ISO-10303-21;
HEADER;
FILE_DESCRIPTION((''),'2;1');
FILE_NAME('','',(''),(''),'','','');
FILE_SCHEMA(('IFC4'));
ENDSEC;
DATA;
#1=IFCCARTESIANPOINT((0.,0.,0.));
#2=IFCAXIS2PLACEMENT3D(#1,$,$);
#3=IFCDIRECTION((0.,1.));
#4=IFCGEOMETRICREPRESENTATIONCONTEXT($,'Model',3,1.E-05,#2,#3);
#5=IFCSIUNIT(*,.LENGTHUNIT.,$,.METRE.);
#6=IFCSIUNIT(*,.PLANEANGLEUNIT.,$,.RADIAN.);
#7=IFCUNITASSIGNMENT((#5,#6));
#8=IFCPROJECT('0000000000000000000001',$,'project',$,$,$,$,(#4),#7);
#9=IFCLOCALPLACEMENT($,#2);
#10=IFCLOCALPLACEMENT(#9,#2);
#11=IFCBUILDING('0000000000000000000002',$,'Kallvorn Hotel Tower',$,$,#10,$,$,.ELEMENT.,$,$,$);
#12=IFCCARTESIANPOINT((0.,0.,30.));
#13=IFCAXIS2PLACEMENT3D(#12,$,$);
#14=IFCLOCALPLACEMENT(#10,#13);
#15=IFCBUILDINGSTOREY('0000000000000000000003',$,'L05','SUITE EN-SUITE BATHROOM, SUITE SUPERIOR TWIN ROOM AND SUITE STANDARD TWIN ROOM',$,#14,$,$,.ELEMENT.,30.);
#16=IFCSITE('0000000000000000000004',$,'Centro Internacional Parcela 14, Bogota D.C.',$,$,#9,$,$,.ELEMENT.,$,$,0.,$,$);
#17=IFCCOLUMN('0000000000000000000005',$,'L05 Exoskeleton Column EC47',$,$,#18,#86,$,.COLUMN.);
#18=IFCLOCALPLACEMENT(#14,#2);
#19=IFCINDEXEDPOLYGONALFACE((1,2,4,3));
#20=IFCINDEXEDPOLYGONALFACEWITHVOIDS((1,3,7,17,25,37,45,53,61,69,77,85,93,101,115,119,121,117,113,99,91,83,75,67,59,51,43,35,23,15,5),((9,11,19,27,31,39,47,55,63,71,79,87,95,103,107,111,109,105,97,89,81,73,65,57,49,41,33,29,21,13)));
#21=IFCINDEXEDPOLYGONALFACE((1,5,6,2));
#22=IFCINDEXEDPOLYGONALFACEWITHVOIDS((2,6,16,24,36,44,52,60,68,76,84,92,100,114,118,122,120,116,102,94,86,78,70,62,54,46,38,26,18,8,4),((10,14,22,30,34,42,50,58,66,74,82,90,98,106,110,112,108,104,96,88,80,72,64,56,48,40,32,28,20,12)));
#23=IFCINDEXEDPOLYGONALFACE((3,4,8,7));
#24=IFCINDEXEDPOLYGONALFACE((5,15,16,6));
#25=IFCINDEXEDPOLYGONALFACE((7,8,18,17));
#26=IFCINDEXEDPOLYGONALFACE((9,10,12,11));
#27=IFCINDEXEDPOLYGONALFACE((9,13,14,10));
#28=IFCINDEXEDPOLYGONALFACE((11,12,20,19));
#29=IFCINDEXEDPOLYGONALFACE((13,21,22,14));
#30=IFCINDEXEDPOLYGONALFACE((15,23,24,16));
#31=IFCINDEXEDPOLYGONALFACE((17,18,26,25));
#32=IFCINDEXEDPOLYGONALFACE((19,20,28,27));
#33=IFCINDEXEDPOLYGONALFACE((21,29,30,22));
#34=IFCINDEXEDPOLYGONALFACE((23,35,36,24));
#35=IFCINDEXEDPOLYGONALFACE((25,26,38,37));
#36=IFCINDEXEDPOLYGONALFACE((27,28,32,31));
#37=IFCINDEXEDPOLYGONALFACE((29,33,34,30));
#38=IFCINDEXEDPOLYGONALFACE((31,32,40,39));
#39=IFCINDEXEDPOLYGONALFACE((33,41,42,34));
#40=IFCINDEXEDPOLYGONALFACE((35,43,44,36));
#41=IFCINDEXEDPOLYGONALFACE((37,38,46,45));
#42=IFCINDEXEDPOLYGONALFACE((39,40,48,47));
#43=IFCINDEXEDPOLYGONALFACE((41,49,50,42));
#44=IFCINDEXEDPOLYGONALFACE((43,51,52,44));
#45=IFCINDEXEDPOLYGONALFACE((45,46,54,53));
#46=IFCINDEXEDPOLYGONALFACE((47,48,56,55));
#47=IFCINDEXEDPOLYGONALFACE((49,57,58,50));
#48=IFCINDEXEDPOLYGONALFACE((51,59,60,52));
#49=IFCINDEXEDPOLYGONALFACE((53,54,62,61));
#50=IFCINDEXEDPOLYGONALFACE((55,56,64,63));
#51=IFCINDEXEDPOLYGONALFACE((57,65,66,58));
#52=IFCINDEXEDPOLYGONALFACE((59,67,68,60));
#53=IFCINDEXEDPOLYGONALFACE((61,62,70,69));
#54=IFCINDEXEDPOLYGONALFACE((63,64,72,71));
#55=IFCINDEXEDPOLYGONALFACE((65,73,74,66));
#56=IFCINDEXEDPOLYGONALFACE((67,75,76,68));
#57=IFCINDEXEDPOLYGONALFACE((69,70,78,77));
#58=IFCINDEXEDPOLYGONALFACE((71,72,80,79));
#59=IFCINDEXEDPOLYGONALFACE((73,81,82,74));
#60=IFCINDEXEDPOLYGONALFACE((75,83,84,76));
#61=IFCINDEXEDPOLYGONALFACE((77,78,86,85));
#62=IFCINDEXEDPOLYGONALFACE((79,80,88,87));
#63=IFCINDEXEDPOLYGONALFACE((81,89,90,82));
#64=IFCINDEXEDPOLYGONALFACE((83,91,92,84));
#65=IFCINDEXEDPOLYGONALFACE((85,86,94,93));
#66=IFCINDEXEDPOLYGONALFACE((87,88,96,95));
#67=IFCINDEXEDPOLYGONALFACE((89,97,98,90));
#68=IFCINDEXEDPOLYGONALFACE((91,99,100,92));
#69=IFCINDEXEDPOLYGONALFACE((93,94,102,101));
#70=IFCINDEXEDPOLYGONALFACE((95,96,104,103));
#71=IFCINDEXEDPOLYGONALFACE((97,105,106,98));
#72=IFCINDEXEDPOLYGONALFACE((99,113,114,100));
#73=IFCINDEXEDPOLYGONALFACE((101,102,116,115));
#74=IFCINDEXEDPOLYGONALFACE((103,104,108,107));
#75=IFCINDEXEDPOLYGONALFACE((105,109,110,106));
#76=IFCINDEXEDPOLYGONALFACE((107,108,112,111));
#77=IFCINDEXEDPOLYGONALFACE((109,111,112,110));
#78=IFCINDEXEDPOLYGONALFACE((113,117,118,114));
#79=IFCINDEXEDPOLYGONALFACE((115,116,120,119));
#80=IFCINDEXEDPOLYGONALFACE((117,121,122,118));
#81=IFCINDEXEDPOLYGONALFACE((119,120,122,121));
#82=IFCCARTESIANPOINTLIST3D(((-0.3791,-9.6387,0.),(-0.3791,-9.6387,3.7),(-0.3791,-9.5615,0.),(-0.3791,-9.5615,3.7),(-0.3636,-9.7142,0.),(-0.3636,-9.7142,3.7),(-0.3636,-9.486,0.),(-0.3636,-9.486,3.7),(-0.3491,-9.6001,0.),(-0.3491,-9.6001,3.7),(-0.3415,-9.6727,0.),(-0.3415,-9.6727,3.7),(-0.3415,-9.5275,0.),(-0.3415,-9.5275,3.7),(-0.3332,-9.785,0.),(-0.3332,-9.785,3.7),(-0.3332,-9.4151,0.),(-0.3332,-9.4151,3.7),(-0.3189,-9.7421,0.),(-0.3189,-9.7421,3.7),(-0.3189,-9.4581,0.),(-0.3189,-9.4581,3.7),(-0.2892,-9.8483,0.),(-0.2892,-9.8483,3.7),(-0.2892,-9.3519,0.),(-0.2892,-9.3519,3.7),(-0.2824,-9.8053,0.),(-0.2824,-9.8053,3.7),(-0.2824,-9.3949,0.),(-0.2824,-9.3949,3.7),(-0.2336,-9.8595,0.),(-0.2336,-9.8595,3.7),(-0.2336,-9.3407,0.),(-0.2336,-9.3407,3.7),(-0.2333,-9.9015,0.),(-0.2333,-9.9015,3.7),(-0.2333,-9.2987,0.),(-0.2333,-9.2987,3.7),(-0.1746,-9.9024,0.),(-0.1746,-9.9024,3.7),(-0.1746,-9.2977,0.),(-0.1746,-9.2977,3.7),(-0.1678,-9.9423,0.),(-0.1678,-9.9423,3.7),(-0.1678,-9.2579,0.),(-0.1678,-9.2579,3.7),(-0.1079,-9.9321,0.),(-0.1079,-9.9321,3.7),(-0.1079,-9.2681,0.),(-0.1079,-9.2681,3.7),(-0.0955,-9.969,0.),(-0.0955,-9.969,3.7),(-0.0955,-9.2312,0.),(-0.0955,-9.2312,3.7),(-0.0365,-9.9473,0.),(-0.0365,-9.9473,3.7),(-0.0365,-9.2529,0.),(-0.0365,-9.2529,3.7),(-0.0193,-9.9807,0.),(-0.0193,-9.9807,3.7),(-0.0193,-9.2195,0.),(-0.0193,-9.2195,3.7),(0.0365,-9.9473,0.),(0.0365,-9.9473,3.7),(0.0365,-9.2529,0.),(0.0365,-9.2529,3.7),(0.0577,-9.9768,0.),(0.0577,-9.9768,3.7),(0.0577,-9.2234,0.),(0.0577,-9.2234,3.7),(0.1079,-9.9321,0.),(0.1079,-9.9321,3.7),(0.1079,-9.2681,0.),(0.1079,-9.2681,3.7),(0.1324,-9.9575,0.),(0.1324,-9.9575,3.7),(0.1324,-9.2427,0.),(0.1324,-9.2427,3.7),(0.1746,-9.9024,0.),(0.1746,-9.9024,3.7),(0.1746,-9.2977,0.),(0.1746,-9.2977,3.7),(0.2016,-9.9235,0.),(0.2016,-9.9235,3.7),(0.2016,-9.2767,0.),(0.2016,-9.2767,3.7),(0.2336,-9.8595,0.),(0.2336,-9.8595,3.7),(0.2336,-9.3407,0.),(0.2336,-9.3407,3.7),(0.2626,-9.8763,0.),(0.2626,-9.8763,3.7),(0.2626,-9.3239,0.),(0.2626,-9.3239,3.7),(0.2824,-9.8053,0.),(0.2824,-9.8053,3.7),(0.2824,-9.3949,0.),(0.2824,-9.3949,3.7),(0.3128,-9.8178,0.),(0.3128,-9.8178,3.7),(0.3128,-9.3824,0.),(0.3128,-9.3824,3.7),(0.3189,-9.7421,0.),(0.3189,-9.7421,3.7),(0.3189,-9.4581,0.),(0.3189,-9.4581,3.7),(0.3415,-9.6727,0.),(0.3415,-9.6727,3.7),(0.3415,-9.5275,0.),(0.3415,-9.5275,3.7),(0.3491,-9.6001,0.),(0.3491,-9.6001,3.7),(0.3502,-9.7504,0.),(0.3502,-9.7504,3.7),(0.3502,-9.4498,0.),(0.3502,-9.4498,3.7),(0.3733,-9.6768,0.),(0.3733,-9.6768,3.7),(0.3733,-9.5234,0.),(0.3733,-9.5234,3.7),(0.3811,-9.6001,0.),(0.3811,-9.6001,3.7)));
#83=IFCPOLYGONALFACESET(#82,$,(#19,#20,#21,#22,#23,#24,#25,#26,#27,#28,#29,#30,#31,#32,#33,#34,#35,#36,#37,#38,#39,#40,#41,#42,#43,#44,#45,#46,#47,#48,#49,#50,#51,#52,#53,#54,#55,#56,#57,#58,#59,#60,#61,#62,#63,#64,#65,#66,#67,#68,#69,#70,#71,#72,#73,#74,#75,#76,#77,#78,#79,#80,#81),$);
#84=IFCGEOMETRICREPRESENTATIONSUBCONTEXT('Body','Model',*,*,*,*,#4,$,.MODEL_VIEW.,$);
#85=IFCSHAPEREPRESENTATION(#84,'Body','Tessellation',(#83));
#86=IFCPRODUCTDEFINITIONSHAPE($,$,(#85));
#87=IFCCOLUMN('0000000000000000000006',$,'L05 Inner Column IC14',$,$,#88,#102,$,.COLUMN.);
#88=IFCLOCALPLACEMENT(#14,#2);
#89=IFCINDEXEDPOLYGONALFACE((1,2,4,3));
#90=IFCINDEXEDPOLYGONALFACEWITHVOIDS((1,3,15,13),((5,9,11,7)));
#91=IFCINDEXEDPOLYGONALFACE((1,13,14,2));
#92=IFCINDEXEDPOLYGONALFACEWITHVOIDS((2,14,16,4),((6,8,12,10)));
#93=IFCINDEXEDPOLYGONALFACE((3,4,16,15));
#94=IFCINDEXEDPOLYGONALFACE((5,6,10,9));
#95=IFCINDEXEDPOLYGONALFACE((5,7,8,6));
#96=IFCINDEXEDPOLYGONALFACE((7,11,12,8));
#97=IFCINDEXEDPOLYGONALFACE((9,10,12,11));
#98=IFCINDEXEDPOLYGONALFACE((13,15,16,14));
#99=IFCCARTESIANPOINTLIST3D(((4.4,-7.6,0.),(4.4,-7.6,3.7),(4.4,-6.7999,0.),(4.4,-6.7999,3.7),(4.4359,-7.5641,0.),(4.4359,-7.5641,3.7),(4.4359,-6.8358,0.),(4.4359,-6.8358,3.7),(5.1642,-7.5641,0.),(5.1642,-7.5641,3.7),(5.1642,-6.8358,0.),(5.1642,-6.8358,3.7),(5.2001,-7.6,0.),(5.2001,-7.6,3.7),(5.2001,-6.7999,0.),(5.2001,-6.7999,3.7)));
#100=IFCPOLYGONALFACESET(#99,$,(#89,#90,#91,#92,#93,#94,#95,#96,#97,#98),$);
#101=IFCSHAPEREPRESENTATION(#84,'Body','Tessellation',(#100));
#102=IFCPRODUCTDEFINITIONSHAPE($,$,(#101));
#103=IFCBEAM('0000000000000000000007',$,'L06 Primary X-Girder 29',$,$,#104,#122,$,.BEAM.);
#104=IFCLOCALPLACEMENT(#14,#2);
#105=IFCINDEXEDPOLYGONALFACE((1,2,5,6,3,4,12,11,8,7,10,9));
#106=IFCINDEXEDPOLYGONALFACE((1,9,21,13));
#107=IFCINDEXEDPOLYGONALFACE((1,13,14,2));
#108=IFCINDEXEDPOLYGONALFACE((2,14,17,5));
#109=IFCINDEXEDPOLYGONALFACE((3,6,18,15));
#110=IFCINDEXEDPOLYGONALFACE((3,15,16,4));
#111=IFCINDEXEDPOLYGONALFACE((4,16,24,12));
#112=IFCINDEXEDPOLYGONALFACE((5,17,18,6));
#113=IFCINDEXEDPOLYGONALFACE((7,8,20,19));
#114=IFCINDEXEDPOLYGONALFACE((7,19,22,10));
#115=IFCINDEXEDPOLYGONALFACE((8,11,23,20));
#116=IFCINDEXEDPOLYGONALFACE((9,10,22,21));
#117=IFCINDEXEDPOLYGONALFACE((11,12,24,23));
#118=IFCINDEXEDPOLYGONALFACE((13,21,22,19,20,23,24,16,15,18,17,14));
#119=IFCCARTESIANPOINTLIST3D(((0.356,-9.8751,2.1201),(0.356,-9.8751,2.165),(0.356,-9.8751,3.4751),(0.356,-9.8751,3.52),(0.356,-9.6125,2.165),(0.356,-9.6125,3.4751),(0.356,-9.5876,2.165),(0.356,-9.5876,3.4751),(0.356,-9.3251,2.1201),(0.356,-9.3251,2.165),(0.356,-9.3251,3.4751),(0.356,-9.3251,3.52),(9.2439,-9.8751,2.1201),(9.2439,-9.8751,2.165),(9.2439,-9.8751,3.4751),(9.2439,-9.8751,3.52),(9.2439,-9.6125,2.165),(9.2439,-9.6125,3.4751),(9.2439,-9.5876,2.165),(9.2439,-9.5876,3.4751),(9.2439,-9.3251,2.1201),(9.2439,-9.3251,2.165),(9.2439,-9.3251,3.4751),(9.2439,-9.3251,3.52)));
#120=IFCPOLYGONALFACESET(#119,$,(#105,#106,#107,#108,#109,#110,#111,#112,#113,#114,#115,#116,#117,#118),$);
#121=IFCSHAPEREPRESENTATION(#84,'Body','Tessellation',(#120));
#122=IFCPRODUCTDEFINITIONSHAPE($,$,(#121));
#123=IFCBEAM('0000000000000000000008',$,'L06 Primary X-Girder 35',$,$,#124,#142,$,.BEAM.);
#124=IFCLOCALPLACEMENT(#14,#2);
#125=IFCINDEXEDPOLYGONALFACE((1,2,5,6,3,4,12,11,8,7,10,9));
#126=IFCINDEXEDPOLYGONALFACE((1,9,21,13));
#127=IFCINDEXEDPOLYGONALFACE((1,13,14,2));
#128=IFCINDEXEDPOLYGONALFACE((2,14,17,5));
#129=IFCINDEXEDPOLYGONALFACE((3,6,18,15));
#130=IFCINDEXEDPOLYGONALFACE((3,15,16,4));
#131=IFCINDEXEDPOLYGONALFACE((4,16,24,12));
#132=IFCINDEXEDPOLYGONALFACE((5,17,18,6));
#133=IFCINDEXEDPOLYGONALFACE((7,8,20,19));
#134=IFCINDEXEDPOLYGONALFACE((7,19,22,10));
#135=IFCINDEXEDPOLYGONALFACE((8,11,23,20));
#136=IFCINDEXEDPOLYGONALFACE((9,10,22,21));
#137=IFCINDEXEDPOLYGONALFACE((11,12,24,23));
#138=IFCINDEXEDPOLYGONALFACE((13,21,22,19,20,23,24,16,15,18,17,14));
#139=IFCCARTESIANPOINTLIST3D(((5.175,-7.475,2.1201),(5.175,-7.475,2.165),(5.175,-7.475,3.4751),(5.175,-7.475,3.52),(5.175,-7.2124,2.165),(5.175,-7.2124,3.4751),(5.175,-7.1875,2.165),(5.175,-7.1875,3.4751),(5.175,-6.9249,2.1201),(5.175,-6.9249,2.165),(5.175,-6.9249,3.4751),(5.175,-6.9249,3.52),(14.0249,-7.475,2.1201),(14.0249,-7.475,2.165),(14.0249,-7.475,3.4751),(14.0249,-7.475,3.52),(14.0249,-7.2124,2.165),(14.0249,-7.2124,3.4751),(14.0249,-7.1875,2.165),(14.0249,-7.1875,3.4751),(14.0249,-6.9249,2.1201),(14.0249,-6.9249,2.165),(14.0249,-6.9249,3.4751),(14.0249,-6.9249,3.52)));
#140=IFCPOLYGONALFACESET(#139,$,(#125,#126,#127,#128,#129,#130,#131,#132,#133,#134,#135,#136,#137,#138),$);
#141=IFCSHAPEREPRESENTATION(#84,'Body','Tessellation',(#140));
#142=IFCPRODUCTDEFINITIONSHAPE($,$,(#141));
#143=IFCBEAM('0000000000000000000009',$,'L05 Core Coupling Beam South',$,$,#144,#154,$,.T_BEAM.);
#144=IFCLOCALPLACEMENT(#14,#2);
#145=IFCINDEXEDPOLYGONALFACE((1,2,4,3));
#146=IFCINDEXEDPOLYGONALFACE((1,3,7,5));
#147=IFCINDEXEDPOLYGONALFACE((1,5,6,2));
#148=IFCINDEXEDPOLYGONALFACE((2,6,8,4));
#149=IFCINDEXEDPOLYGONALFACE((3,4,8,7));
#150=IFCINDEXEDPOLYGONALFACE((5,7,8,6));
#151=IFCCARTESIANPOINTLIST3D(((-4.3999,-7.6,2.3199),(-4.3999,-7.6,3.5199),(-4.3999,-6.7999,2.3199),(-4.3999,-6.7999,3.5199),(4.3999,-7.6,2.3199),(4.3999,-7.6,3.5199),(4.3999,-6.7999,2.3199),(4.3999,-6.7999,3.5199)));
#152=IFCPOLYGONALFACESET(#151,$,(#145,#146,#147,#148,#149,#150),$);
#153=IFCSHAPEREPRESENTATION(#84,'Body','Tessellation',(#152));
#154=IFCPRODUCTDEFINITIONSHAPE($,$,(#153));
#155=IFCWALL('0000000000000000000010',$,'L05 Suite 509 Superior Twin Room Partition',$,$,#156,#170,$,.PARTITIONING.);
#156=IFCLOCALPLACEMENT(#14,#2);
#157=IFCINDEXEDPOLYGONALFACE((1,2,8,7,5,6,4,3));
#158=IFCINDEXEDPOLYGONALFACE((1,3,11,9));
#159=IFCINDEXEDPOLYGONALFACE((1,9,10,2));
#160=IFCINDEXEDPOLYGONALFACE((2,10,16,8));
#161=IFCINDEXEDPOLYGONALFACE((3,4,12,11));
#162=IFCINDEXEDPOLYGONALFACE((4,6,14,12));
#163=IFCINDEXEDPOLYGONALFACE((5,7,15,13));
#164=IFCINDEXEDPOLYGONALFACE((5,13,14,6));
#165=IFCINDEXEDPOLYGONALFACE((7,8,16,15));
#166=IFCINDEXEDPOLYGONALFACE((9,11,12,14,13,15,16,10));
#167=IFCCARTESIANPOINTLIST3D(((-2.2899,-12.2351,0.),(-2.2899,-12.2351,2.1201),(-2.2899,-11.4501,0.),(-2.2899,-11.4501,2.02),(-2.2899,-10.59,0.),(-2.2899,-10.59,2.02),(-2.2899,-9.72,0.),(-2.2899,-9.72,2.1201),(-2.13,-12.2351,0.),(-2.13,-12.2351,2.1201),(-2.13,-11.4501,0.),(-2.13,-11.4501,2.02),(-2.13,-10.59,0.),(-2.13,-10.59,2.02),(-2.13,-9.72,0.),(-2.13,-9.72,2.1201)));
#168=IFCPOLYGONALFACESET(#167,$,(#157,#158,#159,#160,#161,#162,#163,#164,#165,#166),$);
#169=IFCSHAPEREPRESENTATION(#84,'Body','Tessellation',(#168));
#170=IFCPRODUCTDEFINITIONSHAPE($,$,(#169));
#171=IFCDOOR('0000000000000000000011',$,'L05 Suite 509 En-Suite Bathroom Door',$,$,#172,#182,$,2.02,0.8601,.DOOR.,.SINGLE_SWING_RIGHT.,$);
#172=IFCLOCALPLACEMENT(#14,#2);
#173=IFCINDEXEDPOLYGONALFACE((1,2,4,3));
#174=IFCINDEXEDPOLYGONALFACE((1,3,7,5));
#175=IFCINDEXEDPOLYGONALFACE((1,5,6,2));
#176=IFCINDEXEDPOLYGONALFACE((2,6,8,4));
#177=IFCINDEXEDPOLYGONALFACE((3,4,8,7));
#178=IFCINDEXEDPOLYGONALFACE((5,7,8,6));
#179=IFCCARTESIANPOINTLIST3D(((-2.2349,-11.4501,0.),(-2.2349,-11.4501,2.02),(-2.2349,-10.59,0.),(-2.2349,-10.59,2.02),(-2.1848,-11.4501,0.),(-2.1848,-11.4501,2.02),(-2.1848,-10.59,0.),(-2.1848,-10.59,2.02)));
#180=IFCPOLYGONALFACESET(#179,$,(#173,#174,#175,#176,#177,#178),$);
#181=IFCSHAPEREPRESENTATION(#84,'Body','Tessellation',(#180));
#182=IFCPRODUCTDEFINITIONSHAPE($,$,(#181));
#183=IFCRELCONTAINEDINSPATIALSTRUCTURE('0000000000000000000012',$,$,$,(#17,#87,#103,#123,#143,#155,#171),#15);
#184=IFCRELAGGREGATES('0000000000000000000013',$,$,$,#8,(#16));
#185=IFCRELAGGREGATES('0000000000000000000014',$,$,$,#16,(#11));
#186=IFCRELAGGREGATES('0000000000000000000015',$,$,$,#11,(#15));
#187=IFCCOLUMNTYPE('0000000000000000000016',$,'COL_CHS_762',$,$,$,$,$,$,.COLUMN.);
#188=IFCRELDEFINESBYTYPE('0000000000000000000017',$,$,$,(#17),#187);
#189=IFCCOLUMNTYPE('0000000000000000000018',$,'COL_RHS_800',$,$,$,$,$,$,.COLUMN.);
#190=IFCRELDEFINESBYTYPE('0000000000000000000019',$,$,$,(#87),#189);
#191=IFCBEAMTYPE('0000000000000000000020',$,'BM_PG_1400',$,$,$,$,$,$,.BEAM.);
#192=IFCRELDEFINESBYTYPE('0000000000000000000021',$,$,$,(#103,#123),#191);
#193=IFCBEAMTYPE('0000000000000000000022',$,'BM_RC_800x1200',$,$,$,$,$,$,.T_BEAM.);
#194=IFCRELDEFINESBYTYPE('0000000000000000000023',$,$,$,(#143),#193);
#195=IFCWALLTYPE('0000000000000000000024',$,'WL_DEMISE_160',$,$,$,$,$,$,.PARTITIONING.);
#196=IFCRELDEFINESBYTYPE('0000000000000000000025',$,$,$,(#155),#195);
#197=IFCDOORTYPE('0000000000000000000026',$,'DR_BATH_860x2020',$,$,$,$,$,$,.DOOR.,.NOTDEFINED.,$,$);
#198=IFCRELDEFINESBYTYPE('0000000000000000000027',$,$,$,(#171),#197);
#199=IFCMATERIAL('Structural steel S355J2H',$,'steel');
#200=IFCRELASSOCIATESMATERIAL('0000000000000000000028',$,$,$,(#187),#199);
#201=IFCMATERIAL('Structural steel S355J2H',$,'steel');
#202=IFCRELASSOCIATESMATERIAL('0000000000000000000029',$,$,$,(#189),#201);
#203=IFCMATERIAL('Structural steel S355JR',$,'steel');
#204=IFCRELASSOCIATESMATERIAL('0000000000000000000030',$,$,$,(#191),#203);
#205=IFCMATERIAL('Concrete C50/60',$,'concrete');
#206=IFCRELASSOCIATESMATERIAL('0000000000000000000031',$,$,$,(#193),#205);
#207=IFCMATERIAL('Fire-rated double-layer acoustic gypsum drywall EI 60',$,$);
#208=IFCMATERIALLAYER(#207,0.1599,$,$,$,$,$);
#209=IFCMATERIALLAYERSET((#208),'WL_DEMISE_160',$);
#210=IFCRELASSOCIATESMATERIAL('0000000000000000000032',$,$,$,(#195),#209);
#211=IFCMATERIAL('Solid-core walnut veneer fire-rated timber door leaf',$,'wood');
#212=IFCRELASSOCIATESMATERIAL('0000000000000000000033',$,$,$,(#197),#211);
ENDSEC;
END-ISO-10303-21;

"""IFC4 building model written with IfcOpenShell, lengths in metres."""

from ifc_helpers import new_model, si_unit, direction, frame, frame_2d, origin, origin_2d, place, context, subcontext, project, spatial, rectangle, hollow_rectangle, hollow_circle, i_section, extrude, material, layer, layer_set, material_profile, profile_set, type_object, element, fill, save


model = new_model("IFC4")

# Units and contexts
model_context = context("Model", 3, precision=1e-05, world=origin(), true_north=direction((0.0, 1.0)))
body_context = subcontext(model_context, "Body", "Model", "MODEL_VIEW")
ifc_project = project(units=[si_unit("LENGTHUNIT", "METRE"), si_unit("PLANEANGLEUNIT", "RADIAN")], contexts=[model_context])

# Site, building, storey
site_placement = place(None, origin())
site = spatial("IfcSite", under=ifc_project, at=site_placement, Name="Centro Internacional Parcela 14, Bogota D.C.", CompositionType="ELEMENT", RefElevation=0.0)
building_placement = place(site_placement, origin())
building = spatial("IfcBuilding", under=site, at=building_placement, Name="Kallvorn Hotel Tower", CompositionType="ELEMENT")
storey_placement = place(building_placement, frame((0.0, 0.0, 30.0)))
storey = spatial("IfcBuildingStorey", under=building, at=storey_placement, Name="L05", Description="SUITE EN-SUITE BATHROOM, SUITE SUPERIOR TWIN ROOM AND SUITE STANDARD TWIN ROOM", CompositionType="ELEMENT", Elevation=30.0)

# Columns
ifc_material_1 = material(Name="Structural steel S355J2H", Category="steel")
ifc_material_profile_1 = material_profile(ifc_material_1, hollow_circle(Radius=0.3811, WallThickness=0.032, at=origin_2d()), Name="CHS 762x32")
ifc_profile_set_1 = profile_set([ifc_material_profile_1], Name="Structural steel S355J2H")
column_type_1 = type_object("IfcColumnType", Name="COL_CHS_762", PredefinedType="COLUMN", material=ifc_profile_set_1)
column_1_placement = place(storey_placement, frame((0.0, -9.6001, 0.0), z_axis=(0.0, 0.0, 1.0), x_axis=(1.0, 0.0, 0.0)))
element("IfcColumn", 1, at=column_1_placement, inside=storey, type_object=column_type_1, Name="L05 Exoskeleton Column EC47", PredefinedType="COLUMN", context=body_context, shape_type="SweptSolid", body=[
    extrude(hollow_circle(Radius=0.3811, WallThickness=0.032, at=origin_2d()), origin(), (0.0, 0.0, 1.0), 3.7),
])
ifc_material_2 = material(Name="Structural steel S355J2H", Category="steel")
ifc_material_profile_2 = material_profile(ifc_material_2, hollow_rectangle(XDim=0.8, YDim=0.8, WallThickness=0.0359, at=origin_2d()), Name="RHS 800x800x36")
ifc_profile_set_2 = profile_set([ifc_material_profile_2], Name="Structural steel S355J2H")
column_type_2 = type_object("IfcColumnType", Name="COL_RHS_800", PredefinedType="COLUMN", material=ifc_profile_set_2)
column_2_placement = place(storey_placement, frame((4.8, -7.2, 0.0), z_axis=(0.0, 0.0, 1.0), x_axis=(1.0, 0.0, 0.0)))
element("IfcColumn", 2, at=column_2_placement, inside=storey, type_object=column_type_2, Name="L05 Inner Column IC14", PredefinedType="COLUMN", context=body_context, shape_type="SweptSolid", body=[
    extrude(hollow_rectangle(XDim=0.8, YDim=0.8, WallThickness=0.0359, at=origin_2d()), origin(), (0.0, 0.0, 1.0), 3.7),
])

# Beams
ifc_material_3 = material(Name="Structural steel S355JR", Category="steel")
ifc_material_profile_3 = material_profile(ifc_material_3, i_section(OverallWidth=0.55, OverallDepth=1.3999, WebThickness=0.0249, FlangeThickness=0.0449, at=origin_2d()), Name="PG 1400x550x25x45")
ifc_profile_set_3 = profile_set([ifc_material_profile_3], Name="Structural steel S355JR")
beam_type_1 = type_object("IfcBeamType", Name="BM_PG_1400", PredefinedType="BEAM", material=ifc_profile_set_3)
beam_1_placement = place(storey_placement, frame((0.356, -9.6001, 2.8201), z_axis=(1.0, 0.0, 0.0), x_axis=(0.0, 1.0, 0.0)))
element("IfcBeam", 3, at=beam_1_placement, inside=storey, type_object=beam_type_1, Name="L06 Primary X-Girder 29", PredefinedType="BEAM", context=body_context, shape_type="SweptSolid", body=[
    extrude(i_section(OverallWidth=0.55, OverallDepth=1.3999, WebThickness=0.0249, FlangeThickness=0.0449, at=origin_2d()), origin(), (0.0, 0.0, 1.0), 8.8879),
])
beam_2_placement = place(storey_placement, frame((5.175, -7.2, 2.8201), z_axis=(1.0, 0.0, 0.0), x_axis=(0.0, 1.0, 0.0)))
element("IfcBeam", 4, at=beam_2_placement, inside=storey, type_object=beam_type_1, Name="L06 Primary X-Girder 35", PredefinedType="BEAM", context=body_context, shape_type="SweptSolid", body=[
    extrude(i_section(OverallWidth=0.55, OverallDepth=1.3999, WebThickness=0.0249, FlangeThickness=0.0449, at=origin_2d()), origin(), (0.0, 0.0, 1.0), 8.8499),
])
ifc_material_4 = material(Name="Concrete C50/60", Category="concrete")
ifc_material_profile_4 = material_profile(ifc_material_4, rectangle(XDim=0.8, YDim=1.2, at=origin_2d()), Name="RC 800x1200")
ifc_profile_set_4 = profile_set([ifc_material_profile_4], Name="Concrete C50/60")
beam_type_2 = type_object("IfcBeamType", Name="BM_RC_800x1200", PredefinedType="T_BEAM", material=ifc_profile_set_4)
beam_3_placement = place(storey_placement, frame((-4.3999, -7.2, 2.9199), z_axis=(1.0, 0.0, 0.0), x_axis=(0.0, 1.0, 0.0)))
element("IfcBeam", 5, at=beam_3_placement, inside=storey, type_object=beam_type_2, Name="L05 Core Coupling Beam South", PredefinedType="T_BEAM", context=body_context, shape_type="SweptSolid", body=[
    extrude(rectangle(XDim=0.8, YDim=1.2, at=origin_2d()), origin(), (0.0, 0.0, 1.0), 8.7998),
])

# Wall, opening, door
ifc_material_5 = material(Name="Fire-rated double-layer acoustic gypsum drywall EI 60")
ifc_layer_1 = layer(ifc_material_5, 0.1599)
ifc_layer_set_1 = layer_set([ifc_layer_1], Name="WL_DEMISE_160")
wall_type_1 = type_object("IfcWallType", Name="WL_DEMISE_160", PredefinedType="PARTITIONING", material=ifc_layer_set_1)
wall_1_placement = place(storey_placement, frame((-2.21, -12.2351, 0.0), z_axis=(0.0, 0.0, 1.0), x_axis=(0.0, 1.0, 0.0)))
wall_1 = element("IfcWall", 6, at=wall_1_placement, inside=storey, type_object=wall_type_1, Name="L05 Suite 509 Superior Twin Room Partition", PredefinedType="PARTITIONING", context=body_context, shape_type="SweptSolid", body=[
    extrude(rectangle(XDim=2.5151, YDim=0.1599, at=frame_2d((1.2576, 0.0))), origin(), (0.0, 0.0, 1.0), 2.1201),
])
opening_1_placement = place(wall_1_placement, frame((0.7849, 0.0, 0.0)))
opening_1 = element("IfcOpeningElement", 7, at=opening_1_placement, cuts=wall_1, PredefinedType="OPENING", context=body_context, shape_type="SweptSolid", body=[
    extrude(rectangle(XDim=0.8601, YDim=2.02, at=frame_2d((0.4302, 1.01))), frame((0.0, 0.095, 0.0), z_axis=(0.0, -1.0, 0.0), x_axis=(1.0, 0.0, 0.0)), (0.0, 0.0, 1.0), 0.1899),
])
ifc_material_6 = material(Name="Solid-core walnut veneer fire-rated timber door leaf", Category="wood")
door_type_1 = type_object("IfcDoorType", Name="DR_BATH_860x2020", OperationType="NOTDEFINED", PredefinedType="DOOR", material=ifc_material_6)
door_1_placement = place(opening_1_placement, origin())
door_1 = element("IfcDoor", 8, at=door_1_placement, inside=storey, type_object=door_type_1, Name="L05 Suite 509 En-Suite Bathroom Door", OperationType="SINGLE_SWING_RIGHT", OverallHeight=2.02, OverallWidth=0.8601, PredefinedType="DOOR", context=body_context, shape_type="SweptSolid", body=[
    extrude(rectangle(XDim=0.8601, YDim=2.02, at=frame_2d((0.4302, 1.01))), frame((0.0, 0.0249, 0.0), z_axis=(0.0, -1.0, 0.0), x_axis=(1.0, 0.0, 0.0)), (0.0, 0.0, 1.0), 0.05),
])
fill(opening_1, door_1)

save(model, "model.ifc")
